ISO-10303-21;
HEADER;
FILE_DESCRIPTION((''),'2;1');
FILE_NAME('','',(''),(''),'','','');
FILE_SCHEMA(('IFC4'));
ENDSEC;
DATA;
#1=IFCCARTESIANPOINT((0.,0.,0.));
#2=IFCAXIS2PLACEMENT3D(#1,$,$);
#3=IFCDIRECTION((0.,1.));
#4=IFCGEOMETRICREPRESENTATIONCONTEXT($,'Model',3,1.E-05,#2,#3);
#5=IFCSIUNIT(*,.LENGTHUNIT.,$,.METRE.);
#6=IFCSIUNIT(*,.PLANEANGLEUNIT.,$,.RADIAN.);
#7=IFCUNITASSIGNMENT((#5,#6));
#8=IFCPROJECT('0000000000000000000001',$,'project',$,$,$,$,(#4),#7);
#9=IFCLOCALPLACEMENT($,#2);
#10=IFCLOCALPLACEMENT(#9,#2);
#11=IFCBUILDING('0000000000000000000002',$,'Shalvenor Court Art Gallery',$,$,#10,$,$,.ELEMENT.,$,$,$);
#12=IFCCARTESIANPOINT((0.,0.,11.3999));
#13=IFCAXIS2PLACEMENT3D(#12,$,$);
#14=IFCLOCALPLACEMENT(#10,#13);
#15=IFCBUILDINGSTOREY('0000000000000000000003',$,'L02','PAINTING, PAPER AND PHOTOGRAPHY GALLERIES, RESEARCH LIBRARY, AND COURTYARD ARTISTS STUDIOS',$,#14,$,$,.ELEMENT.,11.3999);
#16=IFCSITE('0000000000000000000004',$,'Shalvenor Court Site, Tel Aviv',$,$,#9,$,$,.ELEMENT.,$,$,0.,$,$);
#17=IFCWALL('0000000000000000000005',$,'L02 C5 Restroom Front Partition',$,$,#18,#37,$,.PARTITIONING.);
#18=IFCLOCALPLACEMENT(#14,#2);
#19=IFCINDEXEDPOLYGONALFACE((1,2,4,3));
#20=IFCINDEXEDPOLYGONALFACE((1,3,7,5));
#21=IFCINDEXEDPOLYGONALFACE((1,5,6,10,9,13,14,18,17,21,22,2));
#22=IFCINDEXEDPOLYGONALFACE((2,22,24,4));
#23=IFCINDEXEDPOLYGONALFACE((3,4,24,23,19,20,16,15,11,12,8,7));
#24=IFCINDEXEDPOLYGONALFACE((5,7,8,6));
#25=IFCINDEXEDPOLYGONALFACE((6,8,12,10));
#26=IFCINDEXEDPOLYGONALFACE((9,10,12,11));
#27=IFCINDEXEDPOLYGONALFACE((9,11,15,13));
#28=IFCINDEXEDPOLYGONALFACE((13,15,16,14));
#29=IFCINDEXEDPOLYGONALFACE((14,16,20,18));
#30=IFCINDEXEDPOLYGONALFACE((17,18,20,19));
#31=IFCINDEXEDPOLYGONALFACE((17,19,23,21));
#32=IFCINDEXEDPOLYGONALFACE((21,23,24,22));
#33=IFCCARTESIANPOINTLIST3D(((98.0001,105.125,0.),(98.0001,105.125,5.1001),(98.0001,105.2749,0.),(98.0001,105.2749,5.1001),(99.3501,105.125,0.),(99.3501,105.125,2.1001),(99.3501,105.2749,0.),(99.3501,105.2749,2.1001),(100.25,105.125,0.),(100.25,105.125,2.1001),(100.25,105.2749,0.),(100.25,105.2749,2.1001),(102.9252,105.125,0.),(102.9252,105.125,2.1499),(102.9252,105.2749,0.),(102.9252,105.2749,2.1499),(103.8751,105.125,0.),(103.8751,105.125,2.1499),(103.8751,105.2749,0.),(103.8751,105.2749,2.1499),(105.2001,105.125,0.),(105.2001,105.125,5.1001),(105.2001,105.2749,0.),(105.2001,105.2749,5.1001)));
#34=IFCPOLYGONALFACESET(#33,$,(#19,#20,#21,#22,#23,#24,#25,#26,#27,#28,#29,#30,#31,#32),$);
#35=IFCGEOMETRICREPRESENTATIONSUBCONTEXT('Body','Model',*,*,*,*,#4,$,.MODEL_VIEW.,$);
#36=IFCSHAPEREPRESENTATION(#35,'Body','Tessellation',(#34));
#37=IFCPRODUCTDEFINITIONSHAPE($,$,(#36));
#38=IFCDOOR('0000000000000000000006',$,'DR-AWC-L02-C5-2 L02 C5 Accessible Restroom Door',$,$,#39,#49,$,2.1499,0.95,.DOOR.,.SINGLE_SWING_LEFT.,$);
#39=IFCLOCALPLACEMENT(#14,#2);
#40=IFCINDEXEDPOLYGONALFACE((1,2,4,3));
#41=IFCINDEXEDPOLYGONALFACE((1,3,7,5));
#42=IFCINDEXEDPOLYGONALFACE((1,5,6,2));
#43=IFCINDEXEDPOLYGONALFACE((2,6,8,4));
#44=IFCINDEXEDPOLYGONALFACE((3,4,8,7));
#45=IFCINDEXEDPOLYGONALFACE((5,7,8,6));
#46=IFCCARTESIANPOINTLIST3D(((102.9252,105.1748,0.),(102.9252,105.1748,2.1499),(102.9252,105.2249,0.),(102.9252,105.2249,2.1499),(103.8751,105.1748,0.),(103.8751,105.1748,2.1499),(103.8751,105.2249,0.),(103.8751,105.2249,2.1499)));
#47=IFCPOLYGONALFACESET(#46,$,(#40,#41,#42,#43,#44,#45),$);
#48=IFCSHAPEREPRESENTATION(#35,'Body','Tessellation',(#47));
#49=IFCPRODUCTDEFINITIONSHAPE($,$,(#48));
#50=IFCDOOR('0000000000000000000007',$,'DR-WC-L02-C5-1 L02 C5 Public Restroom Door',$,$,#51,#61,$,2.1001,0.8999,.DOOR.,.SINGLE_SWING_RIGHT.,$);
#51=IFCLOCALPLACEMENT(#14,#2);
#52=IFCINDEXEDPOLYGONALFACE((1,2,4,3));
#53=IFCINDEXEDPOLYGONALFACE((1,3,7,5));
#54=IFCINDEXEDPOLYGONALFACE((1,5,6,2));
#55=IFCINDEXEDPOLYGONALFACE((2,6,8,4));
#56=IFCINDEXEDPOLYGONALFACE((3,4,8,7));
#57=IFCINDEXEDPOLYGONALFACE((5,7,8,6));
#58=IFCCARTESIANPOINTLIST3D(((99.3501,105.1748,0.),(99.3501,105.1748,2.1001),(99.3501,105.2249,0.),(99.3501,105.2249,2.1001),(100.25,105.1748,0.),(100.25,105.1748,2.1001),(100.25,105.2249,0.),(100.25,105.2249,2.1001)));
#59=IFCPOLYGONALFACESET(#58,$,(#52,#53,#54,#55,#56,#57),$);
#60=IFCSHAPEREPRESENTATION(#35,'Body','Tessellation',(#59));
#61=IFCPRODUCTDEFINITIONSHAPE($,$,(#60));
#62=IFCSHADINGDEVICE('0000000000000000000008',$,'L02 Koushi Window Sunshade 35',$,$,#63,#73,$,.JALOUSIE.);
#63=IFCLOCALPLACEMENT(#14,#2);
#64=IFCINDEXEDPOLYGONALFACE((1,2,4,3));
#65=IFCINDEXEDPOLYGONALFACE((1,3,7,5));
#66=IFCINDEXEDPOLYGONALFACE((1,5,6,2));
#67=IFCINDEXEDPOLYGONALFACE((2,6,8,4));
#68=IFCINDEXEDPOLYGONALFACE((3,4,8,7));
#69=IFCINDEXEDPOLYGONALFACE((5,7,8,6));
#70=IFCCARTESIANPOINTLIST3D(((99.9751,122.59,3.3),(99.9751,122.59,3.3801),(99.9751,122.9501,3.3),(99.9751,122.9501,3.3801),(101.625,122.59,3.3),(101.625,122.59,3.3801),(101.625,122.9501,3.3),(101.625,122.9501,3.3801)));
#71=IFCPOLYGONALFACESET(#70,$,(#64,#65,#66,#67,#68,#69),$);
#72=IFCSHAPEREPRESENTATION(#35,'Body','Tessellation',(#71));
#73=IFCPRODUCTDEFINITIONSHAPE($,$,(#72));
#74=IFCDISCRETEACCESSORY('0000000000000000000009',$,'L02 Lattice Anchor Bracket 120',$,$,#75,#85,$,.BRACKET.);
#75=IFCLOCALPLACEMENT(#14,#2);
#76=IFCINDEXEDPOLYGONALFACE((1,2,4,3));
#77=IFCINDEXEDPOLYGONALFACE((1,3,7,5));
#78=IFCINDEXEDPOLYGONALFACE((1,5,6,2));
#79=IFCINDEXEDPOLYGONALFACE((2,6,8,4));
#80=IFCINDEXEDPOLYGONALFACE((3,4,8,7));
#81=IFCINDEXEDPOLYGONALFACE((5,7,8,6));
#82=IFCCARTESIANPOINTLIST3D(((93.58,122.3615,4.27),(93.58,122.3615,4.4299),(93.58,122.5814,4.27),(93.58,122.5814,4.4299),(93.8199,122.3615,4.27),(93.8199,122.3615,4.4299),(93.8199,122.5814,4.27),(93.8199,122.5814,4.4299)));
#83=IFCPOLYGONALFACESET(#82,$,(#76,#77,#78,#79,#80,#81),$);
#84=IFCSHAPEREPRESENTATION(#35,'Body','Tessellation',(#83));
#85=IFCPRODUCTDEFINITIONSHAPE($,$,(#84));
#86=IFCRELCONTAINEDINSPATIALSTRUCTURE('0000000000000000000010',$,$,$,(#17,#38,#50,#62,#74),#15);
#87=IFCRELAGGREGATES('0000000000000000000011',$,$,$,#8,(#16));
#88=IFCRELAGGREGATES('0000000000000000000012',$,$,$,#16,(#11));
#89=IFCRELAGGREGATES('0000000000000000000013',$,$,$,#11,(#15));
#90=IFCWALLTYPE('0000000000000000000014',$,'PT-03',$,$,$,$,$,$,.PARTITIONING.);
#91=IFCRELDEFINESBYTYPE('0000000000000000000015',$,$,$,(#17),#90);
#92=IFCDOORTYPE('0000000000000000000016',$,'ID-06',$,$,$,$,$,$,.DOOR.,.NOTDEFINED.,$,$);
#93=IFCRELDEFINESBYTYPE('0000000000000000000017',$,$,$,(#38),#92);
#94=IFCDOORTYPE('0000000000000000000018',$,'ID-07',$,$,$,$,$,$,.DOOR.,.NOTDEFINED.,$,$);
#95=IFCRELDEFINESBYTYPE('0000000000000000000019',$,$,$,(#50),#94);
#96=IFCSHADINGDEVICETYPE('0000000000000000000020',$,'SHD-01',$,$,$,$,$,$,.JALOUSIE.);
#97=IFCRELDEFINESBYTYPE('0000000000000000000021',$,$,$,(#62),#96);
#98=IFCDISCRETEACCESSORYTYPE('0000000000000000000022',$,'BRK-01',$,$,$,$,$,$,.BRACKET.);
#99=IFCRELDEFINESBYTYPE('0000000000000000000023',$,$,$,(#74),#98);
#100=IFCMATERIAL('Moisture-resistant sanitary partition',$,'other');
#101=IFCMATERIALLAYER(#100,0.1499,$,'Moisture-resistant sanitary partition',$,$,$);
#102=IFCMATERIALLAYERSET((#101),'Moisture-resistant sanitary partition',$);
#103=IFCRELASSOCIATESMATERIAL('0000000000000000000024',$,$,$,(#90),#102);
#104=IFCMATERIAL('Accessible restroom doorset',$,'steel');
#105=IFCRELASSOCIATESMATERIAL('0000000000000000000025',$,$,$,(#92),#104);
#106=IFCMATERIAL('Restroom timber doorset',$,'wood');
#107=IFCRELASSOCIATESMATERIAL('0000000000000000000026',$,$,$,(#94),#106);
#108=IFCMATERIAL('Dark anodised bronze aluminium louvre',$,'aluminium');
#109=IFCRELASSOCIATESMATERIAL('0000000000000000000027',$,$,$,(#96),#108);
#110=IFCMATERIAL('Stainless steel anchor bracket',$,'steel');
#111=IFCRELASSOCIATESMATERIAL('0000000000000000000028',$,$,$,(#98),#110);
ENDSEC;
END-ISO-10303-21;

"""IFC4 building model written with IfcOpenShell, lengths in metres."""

from ifc_helpers import new_model, si_unit, direction, frame, frame_2d, origin, origin_2d, place, context, subcontext, project, spatial, rectangle, extrude, material, layer, layer_set, type_object, element, fill, save


model = new_model("IFC4")

# Units and contexts
model_context = context("Model", 3, precision=1e-05, world=origin(), true_north=direction((0.0, 1.0)))
body_context = subcontext(model_context, "Body", "Model", "MODEL_VIEW")
ifc_project = project(units=[si_unit("LENGTHUNIT", "METRE"), si_unit("PLANEANGLEUNIT", "RADIAN")], contexts=[model_context])

# Site, building, storey
site_placement = place(None, origin())
site = spatial("IfcSite", under=ifc_project, at=site_placement, Name="Shalvenor Court Site, Tel Aviv", CompositionType="ELEMENT", RefElevation=0.0)
building_placement = place(site_placement, origin())
building = spatial("IfcBuilding", under=site, at=building_placement, Name="Shalvenor Court Art Gallery", CompositionType="ELEMENT")
storey_placement = place(building_placement, frame((0.0, 0.0, 11.3999)))
storey = spatial("IfcBuildingStorey", under=building, at=storey_placement, Name="L02", Description="PAINTING, PAPER AND PHOTOGRAPHY GALLERIES, RESEARCH LIBRARY, AND COURTYARD ARTISTS STUDIOS", CompositionType="ELEMENT", Elevation=11.3999)

# Wall, openings, doors
ifc_material_1 = material(Name="Moisture-resistant sanitary partition", Category="other")
ifc_layer_1 = layer(ifc_material_1, 0.1499, Name="Moisture-resistant sanitary partition")
ifc_layer_set_1 = layer_set([ifc_layer_1], Name="Moisture-resistant sanitary partition")
wall_type_1 = type_object("IfcWallType", Name="PT-03", PredefinedType="PARTITIONING", material=ifc_layer_set_1)
wall_1_placement = place(storey_placement, frame((98.0, 105.2, 0.0), z_axis=(0.0, 0.0, 1.0), x_axis=(1.0, 0.0, 0.0)))
wall_1 = element("IfcWall", 1, at=wall_1_placement, inside=storey, type_object=wall_type_1, Name="L02 C5 Restroom Front Partition", PredefinedType="PARTITIONING", context=body_context, shape_type="SweptSolid", body=[
    extrude(rectangle(XDim=7.2, YDim=0.1499, at=frame_2d((3.6001, 0.0))), origin(), (0.0, 0.0, 1.0), 5.1001),
])
opening_1_placement = place(wall_1_placement, frame((1.3501, 0.0, 0.0)))
opening_1 = element("IfcOpeningElement", 2, at=opening_1_placement, cuts=wall_1, PredefinedType="OPENING", context=body_context, shape_type="SweptSolid", body=[
    extrude(rectangle(XDim=0.8999, YDim=2.1001, at=frame_2d((0.45, 1.05))), frame((0.0, 0.085, 0.0), z_axis=(0.0, -1.0, 0.0), x_axis=(1.0, 0.0, 0.0)), (0.0, 0.0, 1.0), 0.1699),
])
opening_2_placement = place(wall_1_placement, frame((4.925, 0.0, 0.0)))
opening_2 = element("IfcOpeningElement", 3, at=opening_2_placement, cuts=wall_1, PredefinedType="OPENING", context=body_context, shape_type="SweptSolid", body=[
    extrude(rectangle(XDim=0.95, YDim=2.1499, at=frame_2d((0.4751, 1.075))), frame((0.0, 0.085, 0.0), z_axis=(0.0, -1.0, 0.0), x_axis=(1.0, 0.0, 0.0)), (0.0, 0.0, 1.0), 0.1699),
])
ifc_material_2 = material(Name="Accessible restroom doorset", Category="steel")
door_type_1 = type_object("IfcDoorType", Name="ID-06", OperationType="NOTDEFINED", PredefinedType="DOOR", material=ifc_material_2)
door_1_placement = place(opening_2_placement, origin())
door_1 = element("IfcDoor", 4, at=door_1_placement, inside=storey, type_object=door_type_1, Name="DR-AWC-L02-C5-2 L02 C5 Accessible Restroom Door", OperationType="SINGLE_SWING_LEFT", OverallHeight=2.1499, OverallWidth=0.95, PredefinedType="DOOR", context=body_context, shape_type="SweptSolid", body=[
    extrude(rectangle(XDim=0.95, YDim=2.1499, at=frame_2d((0.4751, 1.075))), frame((0.0, 0.0249, 0.0), z_axis=(0.0, -1.0, 0.0), x_axis=(1.0, 0.0, 0.0)), (0.0, 0.0, 1.0), 0.05),
])
fill(opening_2, door_1)
ifc_material_3 = material(Name="Restroom timber doorset", Category="wood")
door_type_2 = type_object("IfcDoorType", Name="ID-07", OperationType="NOTDEFINED", PredefinedType="DOOR", material=ifc_material_3)
door_2_placement = place(opening_1_placement, origin())
door_2 = element("IfcDoor", 5, at=door_2_placement, inside=storey, type_object=door_type_2, Name="DR-WC-L02-C5-1 L02 C5 Public Restroom Door", OperationType="SINGLE_SWING_RIGHT", OverallHeight=2.1001, OverallWidth=0.8999, PredefinedType="DOOR", context=body_context, shape_type="SweptSolid", body=[
    extrude(rectangle(XDim=0.8999, YDim=2.1001, at=frame_2d((0.45, 1.05))), frame((0.0, 0.0249, 0.0), z_axis=(0.0, -1.0, 0.0), x_axis=(1.0, 0.0, 0.0)), (0.0, 0.0, 1.0), 0.05),
])
fill(opening_1, door_2)

# Shading device
ifc_material_4 = material(Name="Dark anodised bronze aluminium louvre", Category="aluminium")
shading_device_type = type_object("IfcShadingDeviceType", Name="SHD-01", PredefinedType="JALOUSIE", material=ifc_material_4)
shading_device_placement = place(storey_placement, frame((100.8, 122.77, 3.3), z_axis=(0.0, 0.0, 1.0), x_axis=(1.0, 0.0, 0.0)))
element("IfcShadingDevice", 6, at=shading_device_placement, inside=storey, type_object=shading_device_type, Name="L02 Koushi Window Sunshade 35", PredefinedType="JALOUSIE", context=body_context, shape_type="SweptSolid", body=[
    extrude(rectangle(XDim=1.6499, YDim=0.3601, at=origin_2d()), origin(), (0.0, 0.0, 1.0), 0.0801),
])

# Discrete accessory
ifc_material_5 = material(Name="Stainless steel anchor bracket", Category="steel")
discrete_accessory_type = type_object("IfcDiscreteAccessoryType", Name="BRK-01", PredefinedType="BRACKET", material=ifc_material_5)
discrete_accessory_placement = place(storey_placement, frame((93.7, 122.4714, 4.27), z_axis=(0.0, 0.0, 1.0), x_axis=(1.0, 0.0, 0.0)))
element("IfcDiscreteAccessory", 7, at=discrete_accessory_placement, inside=storey, type_object=discrete_accessory_type, Name="L02 Lattice Anchor Bracket 120", PredefinedType="BRACKET", context=body_context, shape_type="SweptSolid", body=[
    extrude(rectangle(XDim=0.24, YDim=0.22, at=origin_2d()), origin(), (0.0, 0.0, 1.0), 0.1599),
])

save(model, "model.ifc")
